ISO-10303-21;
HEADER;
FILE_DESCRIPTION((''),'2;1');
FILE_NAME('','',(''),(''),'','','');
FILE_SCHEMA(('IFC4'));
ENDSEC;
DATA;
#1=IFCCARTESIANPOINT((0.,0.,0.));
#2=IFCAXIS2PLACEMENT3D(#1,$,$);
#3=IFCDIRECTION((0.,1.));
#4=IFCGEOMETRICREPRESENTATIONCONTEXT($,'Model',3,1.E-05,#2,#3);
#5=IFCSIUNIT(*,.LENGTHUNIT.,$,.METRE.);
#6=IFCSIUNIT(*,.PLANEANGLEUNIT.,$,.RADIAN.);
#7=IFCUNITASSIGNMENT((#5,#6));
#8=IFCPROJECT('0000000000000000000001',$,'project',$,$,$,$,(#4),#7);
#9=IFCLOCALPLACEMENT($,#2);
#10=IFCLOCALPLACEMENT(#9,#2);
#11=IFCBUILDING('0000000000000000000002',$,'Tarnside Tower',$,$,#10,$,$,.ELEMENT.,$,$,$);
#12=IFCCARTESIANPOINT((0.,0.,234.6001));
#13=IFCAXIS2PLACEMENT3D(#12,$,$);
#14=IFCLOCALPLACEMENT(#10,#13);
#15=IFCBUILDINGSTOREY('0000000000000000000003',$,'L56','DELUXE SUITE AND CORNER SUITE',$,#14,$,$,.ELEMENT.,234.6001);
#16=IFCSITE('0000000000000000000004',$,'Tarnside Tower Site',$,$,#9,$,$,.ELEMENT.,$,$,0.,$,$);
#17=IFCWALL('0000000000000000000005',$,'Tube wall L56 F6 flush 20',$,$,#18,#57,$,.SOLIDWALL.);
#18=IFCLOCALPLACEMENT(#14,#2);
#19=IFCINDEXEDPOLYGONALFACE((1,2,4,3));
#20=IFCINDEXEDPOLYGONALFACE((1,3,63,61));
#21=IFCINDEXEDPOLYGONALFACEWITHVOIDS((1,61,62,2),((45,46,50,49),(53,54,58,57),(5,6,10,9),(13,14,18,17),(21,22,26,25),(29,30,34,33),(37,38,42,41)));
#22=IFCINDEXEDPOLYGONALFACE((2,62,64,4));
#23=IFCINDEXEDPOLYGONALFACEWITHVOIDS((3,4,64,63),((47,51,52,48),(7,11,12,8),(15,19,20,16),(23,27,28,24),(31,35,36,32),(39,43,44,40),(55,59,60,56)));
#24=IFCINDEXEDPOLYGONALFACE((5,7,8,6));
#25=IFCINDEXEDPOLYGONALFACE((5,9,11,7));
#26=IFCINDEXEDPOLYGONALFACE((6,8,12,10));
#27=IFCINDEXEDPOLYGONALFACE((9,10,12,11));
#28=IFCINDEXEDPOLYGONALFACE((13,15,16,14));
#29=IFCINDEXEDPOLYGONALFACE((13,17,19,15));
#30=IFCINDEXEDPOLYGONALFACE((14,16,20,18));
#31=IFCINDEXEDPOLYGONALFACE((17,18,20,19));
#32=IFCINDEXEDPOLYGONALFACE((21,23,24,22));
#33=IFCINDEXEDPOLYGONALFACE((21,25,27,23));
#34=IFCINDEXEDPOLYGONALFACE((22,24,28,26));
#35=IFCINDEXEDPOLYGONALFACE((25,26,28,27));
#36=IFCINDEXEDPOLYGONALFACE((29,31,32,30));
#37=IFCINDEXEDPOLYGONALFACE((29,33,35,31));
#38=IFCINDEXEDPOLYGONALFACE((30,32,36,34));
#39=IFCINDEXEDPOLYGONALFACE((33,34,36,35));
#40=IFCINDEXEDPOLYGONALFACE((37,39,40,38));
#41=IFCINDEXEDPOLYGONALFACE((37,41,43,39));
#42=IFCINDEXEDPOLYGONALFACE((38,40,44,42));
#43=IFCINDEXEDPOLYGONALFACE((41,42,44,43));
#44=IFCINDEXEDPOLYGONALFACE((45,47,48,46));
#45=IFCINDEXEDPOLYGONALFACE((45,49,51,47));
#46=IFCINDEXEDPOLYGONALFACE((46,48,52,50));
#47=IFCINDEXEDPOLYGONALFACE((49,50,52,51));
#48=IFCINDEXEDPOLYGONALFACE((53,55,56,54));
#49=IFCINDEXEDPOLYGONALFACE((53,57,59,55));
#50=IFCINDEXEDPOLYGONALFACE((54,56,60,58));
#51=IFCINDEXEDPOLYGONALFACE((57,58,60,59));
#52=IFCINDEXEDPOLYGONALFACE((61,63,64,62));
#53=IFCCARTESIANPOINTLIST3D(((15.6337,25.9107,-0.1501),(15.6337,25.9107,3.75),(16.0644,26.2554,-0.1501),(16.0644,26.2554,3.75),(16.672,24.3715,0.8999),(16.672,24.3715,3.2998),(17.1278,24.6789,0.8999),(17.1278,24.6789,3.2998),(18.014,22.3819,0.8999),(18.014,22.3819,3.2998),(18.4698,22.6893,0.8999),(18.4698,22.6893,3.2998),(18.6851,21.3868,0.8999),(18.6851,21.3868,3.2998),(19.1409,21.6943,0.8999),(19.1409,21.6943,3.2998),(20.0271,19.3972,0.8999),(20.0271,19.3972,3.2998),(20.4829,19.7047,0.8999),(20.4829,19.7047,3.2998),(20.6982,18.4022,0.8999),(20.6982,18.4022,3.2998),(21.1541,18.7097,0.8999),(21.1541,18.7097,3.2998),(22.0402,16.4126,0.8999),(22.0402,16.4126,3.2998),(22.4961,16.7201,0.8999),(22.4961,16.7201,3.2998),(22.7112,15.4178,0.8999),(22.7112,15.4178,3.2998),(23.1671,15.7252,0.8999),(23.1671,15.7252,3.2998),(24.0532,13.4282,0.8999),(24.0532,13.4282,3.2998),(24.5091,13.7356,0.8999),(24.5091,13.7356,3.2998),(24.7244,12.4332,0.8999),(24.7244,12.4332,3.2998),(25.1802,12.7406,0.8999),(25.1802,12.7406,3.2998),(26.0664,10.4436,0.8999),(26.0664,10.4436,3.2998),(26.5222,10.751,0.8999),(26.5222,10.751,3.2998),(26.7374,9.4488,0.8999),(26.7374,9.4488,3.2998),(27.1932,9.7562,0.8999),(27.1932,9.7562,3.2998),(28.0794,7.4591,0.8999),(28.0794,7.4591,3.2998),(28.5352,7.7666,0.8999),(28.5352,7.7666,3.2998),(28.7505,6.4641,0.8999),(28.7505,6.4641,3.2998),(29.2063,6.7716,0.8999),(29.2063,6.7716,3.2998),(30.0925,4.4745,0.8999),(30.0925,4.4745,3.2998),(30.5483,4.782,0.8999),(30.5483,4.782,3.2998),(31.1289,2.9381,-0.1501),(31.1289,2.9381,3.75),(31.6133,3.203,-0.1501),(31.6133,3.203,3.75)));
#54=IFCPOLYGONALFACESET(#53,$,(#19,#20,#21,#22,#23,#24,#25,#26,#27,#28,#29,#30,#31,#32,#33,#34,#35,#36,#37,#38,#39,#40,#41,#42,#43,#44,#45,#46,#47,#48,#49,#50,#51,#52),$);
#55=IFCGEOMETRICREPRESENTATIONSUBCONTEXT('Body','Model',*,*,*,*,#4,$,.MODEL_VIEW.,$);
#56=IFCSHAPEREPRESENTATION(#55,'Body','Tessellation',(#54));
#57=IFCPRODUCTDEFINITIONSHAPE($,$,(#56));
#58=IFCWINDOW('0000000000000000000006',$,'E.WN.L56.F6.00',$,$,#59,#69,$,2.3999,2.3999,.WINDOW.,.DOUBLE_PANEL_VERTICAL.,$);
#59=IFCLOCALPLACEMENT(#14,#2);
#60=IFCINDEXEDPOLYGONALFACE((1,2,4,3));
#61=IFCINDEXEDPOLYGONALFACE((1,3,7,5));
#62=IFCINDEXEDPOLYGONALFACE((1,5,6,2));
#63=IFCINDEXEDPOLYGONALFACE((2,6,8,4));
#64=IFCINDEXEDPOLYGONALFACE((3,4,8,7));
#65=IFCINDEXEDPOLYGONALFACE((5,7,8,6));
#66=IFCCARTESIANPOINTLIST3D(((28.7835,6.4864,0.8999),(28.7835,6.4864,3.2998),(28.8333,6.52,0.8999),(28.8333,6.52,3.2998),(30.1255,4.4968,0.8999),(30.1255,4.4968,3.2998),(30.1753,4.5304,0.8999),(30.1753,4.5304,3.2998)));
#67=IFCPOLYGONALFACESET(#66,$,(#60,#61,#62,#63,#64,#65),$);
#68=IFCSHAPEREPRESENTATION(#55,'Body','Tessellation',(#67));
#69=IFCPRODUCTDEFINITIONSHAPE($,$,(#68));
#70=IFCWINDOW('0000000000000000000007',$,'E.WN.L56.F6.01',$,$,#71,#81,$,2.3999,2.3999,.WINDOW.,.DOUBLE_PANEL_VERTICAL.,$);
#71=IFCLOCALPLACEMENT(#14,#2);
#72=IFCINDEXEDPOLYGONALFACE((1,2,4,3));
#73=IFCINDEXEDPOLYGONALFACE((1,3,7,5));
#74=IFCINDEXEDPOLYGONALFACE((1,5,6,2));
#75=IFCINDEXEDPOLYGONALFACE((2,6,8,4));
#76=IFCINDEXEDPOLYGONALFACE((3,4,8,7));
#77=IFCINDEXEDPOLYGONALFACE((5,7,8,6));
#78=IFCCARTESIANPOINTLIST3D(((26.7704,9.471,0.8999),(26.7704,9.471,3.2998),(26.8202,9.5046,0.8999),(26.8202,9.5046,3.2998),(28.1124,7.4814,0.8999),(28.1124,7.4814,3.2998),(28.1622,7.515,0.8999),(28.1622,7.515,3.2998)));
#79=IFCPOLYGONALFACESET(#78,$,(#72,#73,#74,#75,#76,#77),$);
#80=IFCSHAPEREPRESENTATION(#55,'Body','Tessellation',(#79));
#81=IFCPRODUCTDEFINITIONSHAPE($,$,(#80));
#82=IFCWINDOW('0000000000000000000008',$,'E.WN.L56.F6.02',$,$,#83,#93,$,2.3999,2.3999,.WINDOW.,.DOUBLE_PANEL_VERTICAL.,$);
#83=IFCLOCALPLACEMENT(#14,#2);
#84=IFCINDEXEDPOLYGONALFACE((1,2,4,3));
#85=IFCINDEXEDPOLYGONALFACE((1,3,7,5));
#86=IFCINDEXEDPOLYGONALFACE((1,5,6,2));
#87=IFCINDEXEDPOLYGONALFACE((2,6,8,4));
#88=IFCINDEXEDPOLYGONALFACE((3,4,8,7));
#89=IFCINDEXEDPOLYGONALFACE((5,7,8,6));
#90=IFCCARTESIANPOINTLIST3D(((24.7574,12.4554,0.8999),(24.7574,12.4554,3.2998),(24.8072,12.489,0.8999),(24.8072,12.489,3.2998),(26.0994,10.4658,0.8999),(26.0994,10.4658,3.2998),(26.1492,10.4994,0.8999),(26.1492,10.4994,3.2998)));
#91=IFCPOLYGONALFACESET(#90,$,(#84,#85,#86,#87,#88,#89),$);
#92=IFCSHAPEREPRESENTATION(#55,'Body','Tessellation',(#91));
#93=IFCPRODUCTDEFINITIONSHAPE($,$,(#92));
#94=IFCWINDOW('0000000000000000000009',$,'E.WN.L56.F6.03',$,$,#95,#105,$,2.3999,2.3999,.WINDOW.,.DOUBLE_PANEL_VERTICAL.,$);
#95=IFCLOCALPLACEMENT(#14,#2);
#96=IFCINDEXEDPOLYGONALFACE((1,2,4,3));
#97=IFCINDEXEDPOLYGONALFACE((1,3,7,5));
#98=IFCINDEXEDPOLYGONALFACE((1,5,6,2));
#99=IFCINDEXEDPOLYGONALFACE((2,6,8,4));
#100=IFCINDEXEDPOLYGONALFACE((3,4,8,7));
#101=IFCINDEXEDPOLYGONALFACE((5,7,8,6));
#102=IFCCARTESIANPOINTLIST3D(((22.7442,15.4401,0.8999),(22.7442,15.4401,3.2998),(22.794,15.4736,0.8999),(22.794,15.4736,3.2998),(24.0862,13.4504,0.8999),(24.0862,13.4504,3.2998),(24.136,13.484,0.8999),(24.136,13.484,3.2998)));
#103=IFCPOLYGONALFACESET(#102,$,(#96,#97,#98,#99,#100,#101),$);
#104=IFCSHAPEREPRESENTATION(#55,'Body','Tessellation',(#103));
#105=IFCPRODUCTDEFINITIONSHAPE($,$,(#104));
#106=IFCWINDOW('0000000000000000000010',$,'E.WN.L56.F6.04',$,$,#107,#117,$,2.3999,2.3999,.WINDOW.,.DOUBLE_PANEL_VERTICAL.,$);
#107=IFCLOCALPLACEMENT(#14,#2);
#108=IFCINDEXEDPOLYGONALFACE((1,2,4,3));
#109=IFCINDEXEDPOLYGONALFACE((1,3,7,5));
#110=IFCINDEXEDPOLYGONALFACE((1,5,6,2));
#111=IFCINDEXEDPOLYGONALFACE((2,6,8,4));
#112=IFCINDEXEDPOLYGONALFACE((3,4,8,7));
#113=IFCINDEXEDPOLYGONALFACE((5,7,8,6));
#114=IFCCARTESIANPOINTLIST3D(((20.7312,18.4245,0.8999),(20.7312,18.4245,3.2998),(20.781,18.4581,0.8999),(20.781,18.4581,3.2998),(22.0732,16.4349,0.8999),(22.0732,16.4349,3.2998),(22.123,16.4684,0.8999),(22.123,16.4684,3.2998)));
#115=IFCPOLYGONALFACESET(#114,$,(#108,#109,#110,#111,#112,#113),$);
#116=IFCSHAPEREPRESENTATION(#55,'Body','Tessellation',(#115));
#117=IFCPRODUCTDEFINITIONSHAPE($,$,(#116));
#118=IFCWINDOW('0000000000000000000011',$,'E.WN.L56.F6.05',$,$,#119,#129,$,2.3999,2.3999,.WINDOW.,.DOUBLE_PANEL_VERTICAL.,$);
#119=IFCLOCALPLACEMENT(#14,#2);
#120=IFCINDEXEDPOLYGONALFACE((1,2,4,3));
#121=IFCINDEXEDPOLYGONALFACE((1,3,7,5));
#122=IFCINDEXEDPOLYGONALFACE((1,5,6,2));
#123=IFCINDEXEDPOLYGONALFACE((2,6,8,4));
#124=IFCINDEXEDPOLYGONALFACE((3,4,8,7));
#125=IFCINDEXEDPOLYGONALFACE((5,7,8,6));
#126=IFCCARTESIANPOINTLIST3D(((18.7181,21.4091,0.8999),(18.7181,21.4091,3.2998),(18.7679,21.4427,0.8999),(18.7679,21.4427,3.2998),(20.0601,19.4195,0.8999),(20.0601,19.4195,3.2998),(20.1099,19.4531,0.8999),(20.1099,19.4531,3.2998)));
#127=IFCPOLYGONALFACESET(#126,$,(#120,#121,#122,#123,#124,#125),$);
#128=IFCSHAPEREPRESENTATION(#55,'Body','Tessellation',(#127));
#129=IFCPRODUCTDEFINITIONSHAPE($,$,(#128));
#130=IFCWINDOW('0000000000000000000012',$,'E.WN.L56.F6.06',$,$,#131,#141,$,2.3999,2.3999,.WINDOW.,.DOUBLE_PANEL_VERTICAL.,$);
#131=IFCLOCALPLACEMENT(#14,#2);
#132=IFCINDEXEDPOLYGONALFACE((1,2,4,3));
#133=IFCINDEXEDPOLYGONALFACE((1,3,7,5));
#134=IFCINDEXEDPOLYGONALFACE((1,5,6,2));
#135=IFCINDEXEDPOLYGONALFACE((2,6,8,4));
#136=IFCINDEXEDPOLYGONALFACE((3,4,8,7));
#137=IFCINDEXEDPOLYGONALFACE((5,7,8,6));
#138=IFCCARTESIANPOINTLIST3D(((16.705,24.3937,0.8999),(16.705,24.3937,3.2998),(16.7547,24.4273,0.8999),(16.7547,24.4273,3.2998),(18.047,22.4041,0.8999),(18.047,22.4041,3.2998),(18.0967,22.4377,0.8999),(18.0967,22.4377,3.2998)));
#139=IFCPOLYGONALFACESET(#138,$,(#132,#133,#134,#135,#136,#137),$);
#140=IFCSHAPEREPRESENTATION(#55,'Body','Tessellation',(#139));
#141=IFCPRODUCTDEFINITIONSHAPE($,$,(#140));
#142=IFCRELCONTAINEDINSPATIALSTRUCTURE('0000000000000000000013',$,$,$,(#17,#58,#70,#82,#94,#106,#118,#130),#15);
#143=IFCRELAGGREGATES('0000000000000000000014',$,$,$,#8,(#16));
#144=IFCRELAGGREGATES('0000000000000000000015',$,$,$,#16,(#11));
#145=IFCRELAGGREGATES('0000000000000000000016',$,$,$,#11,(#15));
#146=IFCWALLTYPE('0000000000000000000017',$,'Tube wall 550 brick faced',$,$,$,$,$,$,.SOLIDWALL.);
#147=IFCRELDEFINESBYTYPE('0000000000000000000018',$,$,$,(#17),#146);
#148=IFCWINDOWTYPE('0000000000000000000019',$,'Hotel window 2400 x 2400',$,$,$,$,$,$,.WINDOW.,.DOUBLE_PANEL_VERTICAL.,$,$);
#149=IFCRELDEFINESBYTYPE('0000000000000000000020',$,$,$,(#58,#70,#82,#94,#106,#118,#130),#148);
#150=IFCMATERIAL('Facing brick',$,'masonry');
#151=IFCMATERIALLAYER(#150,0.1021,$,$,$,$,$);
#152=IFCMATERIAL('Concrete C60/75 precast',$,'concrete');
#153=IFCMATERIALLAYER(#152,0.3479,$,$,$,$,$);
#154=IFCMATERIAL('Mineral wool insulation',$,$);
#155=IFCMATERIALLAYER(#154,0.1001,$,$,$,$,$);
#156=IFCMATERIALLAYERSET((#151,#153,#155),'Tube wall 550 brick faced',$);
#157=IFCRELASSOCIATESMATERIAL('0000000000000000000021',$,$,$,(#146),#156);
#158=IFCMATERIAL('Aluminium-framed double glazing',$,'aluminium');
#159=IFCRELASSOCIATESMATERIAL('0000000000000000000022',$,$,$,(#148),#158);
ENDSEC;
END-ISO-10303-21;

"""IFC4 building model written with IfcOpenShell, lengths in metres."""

from ifc_helpers import new_model, si_unit, direction, frame, frame_2d, origin, place, context, subcontext, project, spatial, polyline, rectangle, outline, extrude, material, layer, layer_set, type_object, element, fill, save


model = new_model("IFC4")

# Units and contexts
model_context = context("Model", 3, precision=1e-05, world=origin(), true_north=direction((0.0, 1.0)))
body_context = subcontext(model_context, "Body", "Model", "MODEL_VIEW")
ifc_project = project(units=[si_unit("LENGTHUNIT", "METRE"), si_unit("PLANEANGLEUNIT", "RADIAN")], contexts=[model_context])

# Site, building, storey
site_placement = place(None, origin())
site = spatial("IfcSite", under=ifc_project, at=site_placement, Name="Tarnside Tower Site", CompositionType="ELEMENT", RefElevation=0.0)
building_placement = place(site_placement, origin())
building = spatial("IfcBuilding", under=site, at=building_placement, Name="Tarnside Tower", CompositionType="ELEMENT")
storey_placement = place(building_placement, frame((0.0, 0.0, 234.6001)))
storey = spatial("IfcBuildingStorey", under=building, at=storey_placement, Name="L56", Description="DELUXE SUITE AND CORNER SUITE", CompositionType="ELEMENT", Elevation=234.6001)

# Shared definitions
ifc_material_1 = material(Name="Facing brick", Category="masonry")
ifc_layer_1 = layer(ifc_material_1, 0.1021)
ifc_material_2 = material(Name="Concrete C60/75 precast", Category="concrete")
ifc_layer_2 = layer(ifc_material_2, 0.3479)
ifc_material_3 = material(Name="Mineral wool insulation")
ifc_layer_3 = layer(ifc_material_3, 0.1001)
ifc_layer_set_1 = layer_set([ifc_layer_1, ifc_layer_2, ifc_layer_3], Name="Tube wall 550 brick faced")
wall_type_1 = type_object("IfcWallType", Name="Tube wall 550 brick faced", PredefinedType="SOLIDWALL", material=ifc_layer_set_1)

# Wall, openings, windows
wall_1_placement = place(storey_placement, frame((31.3711, 3.0706, -0.1501), z_axis=(0.0, 0.0, 1.0), x_axis=(-0.55919, 0.82904, 0.0)))
wall_1 = element("IfcWall", 1, at=wall_1_placement, inside=storey, type_object=wall_type_1, Name="Tube wall L56 F6 flush 20", PredefinedType="SOLIDWALL", context=body_context, shape_type="SweptSolid", body=[
    extrude(outline(polyline([(-0.0256, -0.2749), (27.7805, -0.2749), (27.7356, 0.2749), (0.0256, 0.2749), (-0.0256, -0.2749)])), origin(), (0.0, 0.0, 1.0), 3.9001),
])
opening_1_placement = place(wall_1_placement, frame((1.8789, 0.0, 1.05)))
opening_1 = element("IfcOpeningElement", 2, at=opening_1_placement, cuts=wall_1, PredefinedType="OPENING", context=body_context, shape_type="SweptSolid", body=[
    extrude(rectangle(XDim=2.3999, YDim=2.3999, at=frame_2d((1.2, 1.2))), frame((0.0, 0.2852, 0.0), z_axis=(0.0, -1.0, 0.0), x_axis=(1.0, 0.0, 0.0)), (0.0, 0.0, 1.0), 0.5701),
])
opening_2_placement = place(wall_1_placement, frame((5.479, 0.0, 1.05)))
opening_2 = element("IfcOpeningElement", 3, at=opening_2_placement, cuts=wall_1, PredefinedType="OPENING", context=body_context, shape_type="SweptSolid", body=[
    extrude(rectangle(XDim=2.3999, YDim=2.3999, at=frame_2d((1.2, 1.2))), frame((0.0, 0.2852, 0.0), z_axis=(0.0, -1.0, 0.0), x_axis=(1.0, 0.0, 0.0)), (0.0, 0.0, 1.0), 0.5701),
])
opening_3_placement = place(wall_1_placement, frame((9.0789, 0.0, 1.05)))
opening_3 = element("IfcOpeningElement", 4, at=opening_3_placement, cuts=wall_1, PredefinedType="OPENING", context=body_context, shape_type="SweptSolid", body=[
    extrude(rectangle(XDim=2.3999, YDim=2.3999, at=frame_2d((1.2, 1.2))), frame((0.0, 0.2852, 0.0), z_axis=(0.0, -1.0, 0.0), x_axis=(1.0, 0.0, 0.0)), (0.0, 0.0, 1.0), 0.5701),
])
opening_4_placement = place(wall_1_placement, frame((12.679, 0.0, 1.05)))
opening_4 = element("IfcOpeningElement", 5, at=opening_4_placement, cuts=wall_1, PredefinedType="OPENING", context=body_context, shape_type="SweptSolid", body=[
    extrude(rectangle(XDim=2.3999, YDim=2.3999, at=frame_2d((1.2, 1.2))), frame((0.0, 0.2852, 0.0), z_axis=(0.0, -1.0, 0.0), x_axis=(1.0, 0.0, 0.0)), (0.0, 0.0, 1.0), 0.5701),
])
opening_5_placement = place(wall_1_placement, frame((16.2788, 0.0, 1.05)))
opening_5 = element("IfcOpeningElement", 6, at=opening_5_placement, cuts=wall_1, PredefinedType="OPENING", context=body_context, shape_type="SweptSolid", body=[
    extrude(rectangle(XDim=2.3999, YDim=2.3999, at=frame_2d((1.2, 1.2))), frame((0.0, 0.2852, 0.0), z_axis=(0.0, -1.0, 0.0), x_axis=(1.0, 0.0, 0.0)), (0.0, 0.0, 1.0), 0.5701),
])
opening_6_placement = place(wall_1_placement, frame((19.8789, 0.0, 1.05)))
opening_6 = element("IfcOpeningElement", 7, at=opening_6_placement, cuts=wall_1, PredefinedType="OPENING", context=body_context, shape_type="SweptSolid", body=[
    extrude(rectangle(XDim=2.3999, YDim=2.3999, at=frame_2d((1.2, 1.2))), frame((0.0, 0.2852, 0.0), z_axis=(0.0, -1.0, 0.0), x_axis=(1.0, 0.0, 0.0)), (0.0, 0.0, 1.0), 0.5701),
])
opening_7_placement = place(wall_1_placement, frame((23.479, 0.0, 1.05)))
opening_7 = element("IfcOpeningElement", 8, at=opening_7_placement, cuts=wall_1, PredefinedType="OPENING", context=body_context, shape_type="SweptSolid", body=[
    extrude(rectangle(XDim=2.3999, YDim=2.3999, at=frame_2d((1.2, 1.2))), frame((0.0, 0.2852, 0.0), z_axis=(0.0, -1.0, 0.0), x_axis=(1.0, 0.0, 0.0)), (0.0, 0.0, 1.0), 0.5701),
])
ifc_material_4 = material(Name="Aluminium-framed double glazing", Category="aluminium")
window_type = type_object("IfcWindowType", Name="Hotel window 2400 x 2400", PartitioningType="DOUBLE_PANEL_VERTICAL", PredefinedType="WINDOW", material=ifc_material_4)
window_1_placement = place(opening_1_placement, frame((0.0, 0.2051, 0.0)))
window_1 = element("IfcWindow", 9, at=window_1_placement, inside=storey, type_object=window_type, Name="E.WN.L56.F6.00", OverallHeight=2.3999, OverallWidth=2.3999, PartitioningType="DOUBLE_PANEL_VERTICAL", PredefinedType="WINDOW", context=body_context, shape_type="SweptSolid", body=[
    extrude(rectangle(XDim=2.3999, YDim=2.3999, at=frame_2d((1.2, 1.2))), frame((0.0, 0.03, 0.0), z_axis=(0.0, -1.0, 0.0), x_axis=(1.0, 0.0, 0.0)), (0.0, 0.0, 1.0), 0.0601),
])
fill(opening_1, window_1)
window_2_placement = place(opening_2_placement, frame((0.0, 0.2051, 0.0)))
window_2 = element("IfcWindow", 10, at=window_2_placement, inside=storey, type_object=window_type, Name="E.WN.L56.F6.01", OverallHeight=2.3999, OverallWidth=2.3999, PartitioningType="DOUBLE_PANEL_VERTICAL", PredefinedType="WINDOW", context=body_context, shape_type="SweptSolid", body=[
    extrude(rectangle(XDim=2.3999, YDim=2.3999, at=frame_2d((1.2, 1.2))), frame((0.0, 0.03, 0.0), z_axis=(0.0, -1.0, 0.0), x_axis=(1.0, 0.0, 0.0)), (0.0, 0.0, 1.0), 0.0601),
])
fill(opening_2, window_2)
window_3_placement = place(opening_3_placement, frame((0.0, 0.2051, 0.0)))
window_3 = element("IfcWindow", 11, at=window_3_placement, inside=storey, type_object=window_type, Name="E.WN.L56.F6.02", OverallHeight=2.3999, OverallWidth=2.3999, PartitioningType="DOUBLE_PANEL_VERTICAL", PredefinedType="WINDOW", context=body_context, shape_type="SweptSolid", body=[
    extrude(rectangle(XDim=2.3999, YDim=2.3999, at=frame_2d((1.2, 1.2))), frame((0.0, 0.03, 0.0), z_axis=(0.0, -1.0, 0.0), x_axis=(1.0, 0.0, 0.0)), (0.0, 0.0, 1.0), 0.0601),
])
fill(opening_3, window_3)
window_4_placement = place(opening_4_placement, frame((0.0, 0.2051, 0.0)))
window_4 = element("IfcWindow", 12, at=window_4_placement, inside=storey, type_object=window_type, Name="E.WN.L56.F6.03", OverallHeight=2.3999, OverallWidth=2.3999, PartitioningType="DOUBLE_PANEL_VERTICAL", PredefinedType="WINDOW", context=body_context, shape_type="SweptSolid", body=[
    extrude(rectangle(XDim=2.3999, YDim=2.3999, at=frame_2d((1.2, 1.2))), frame((0.0, 0.03, 0.0), z_axis=(0.0, -1.0, 0.0), x_axis=(1.0, 0.0, 0.0)), (0.0, 0.0, 1.0), 0.0601),
])
fill(opening_4, window_4)
window_5_placement = place(opening_5_placement, frame((0.0, 0.2051, 0.0)))
window_5 = element("IfcWindow", 13, at=window_5_placement, inside=storey, type_object=window_type, Name="E.WN.L56.F6.04", OverallHeight=2.3999, OverallWidth=2.3999, PartitioningType="DOUBLE_PANEL_VERTICAL", PredefinedType="WINDOW", context=body_context, shape_type="SweptSolid", body=[
    extrude(rectangle(XDim=2.3999, YDim=2.3999, at=frame_2d((1.2, 1.2))), frame((0.0, 0.03, 0.0), z_axis=(0.0, -1.0, 0.0), x_axis=(1.0, 0.0, 0.0)), (0.0, 0.0, 1.0), 0.0601),
])
fill(opening_5, window_5)
window_6_placement = place(opening_6_placement, frame((0.0, 0.2051, 0.0)))
window_6 = element("IfcWindow", 14, at=window_6_placement, inside=storey, type_object=window_type, Name="E.WN.L56.F6.05", OverallHeight=2.3999, OverallWidth=2.3999, PartitioningType="DOUBLE_PANEL_VERTICAL", PredefinedType="WINDOW", context=body_context, shape_type="SweptSolid", body=[
    extrude(rectangle(XDim=2.3999, YDim=2.3999, at=frame_2d((1.2, 1.2))), frame((0.0, 0.03, 0.0), z_axis=(0.0, -1.0, 0.0), x_axis=(1.0, 0.0, 0.0)), (0.0, 0.0, 1.0), 0.0601),
])
fill(opening_6, window_6)
window_7_placement = place(opening_7_placement, frame((0.0, 0.2051, 0.0)))
window_7 = element("IfcWindow", 15, at=window_7_placement, inside=storey, type_object=window_type, Name="E.WN.L56.F6.06", OverallHeight=2.3999, OverallWidth=2.3999, PartitioningType="DOUBLE_PANEL_VERTICAL", PredefinedType="WINDOW", context=body_context, shape_type="SweptSolid", body=[
    extrude(rectangle(XDim=2.3999, YDim=2.3999, at=frame_2d((1.2, 1.2))), frame((0.0, 0.03, 0.0), z_axis=(0.0, -1.0, 0.0), x_axis=(1.0, 0.0, 0.0)), (0.0, 0.0, 1.0), 0.0601),
])
fill(opening_7, window_7)

save(model, "model.ifc")
